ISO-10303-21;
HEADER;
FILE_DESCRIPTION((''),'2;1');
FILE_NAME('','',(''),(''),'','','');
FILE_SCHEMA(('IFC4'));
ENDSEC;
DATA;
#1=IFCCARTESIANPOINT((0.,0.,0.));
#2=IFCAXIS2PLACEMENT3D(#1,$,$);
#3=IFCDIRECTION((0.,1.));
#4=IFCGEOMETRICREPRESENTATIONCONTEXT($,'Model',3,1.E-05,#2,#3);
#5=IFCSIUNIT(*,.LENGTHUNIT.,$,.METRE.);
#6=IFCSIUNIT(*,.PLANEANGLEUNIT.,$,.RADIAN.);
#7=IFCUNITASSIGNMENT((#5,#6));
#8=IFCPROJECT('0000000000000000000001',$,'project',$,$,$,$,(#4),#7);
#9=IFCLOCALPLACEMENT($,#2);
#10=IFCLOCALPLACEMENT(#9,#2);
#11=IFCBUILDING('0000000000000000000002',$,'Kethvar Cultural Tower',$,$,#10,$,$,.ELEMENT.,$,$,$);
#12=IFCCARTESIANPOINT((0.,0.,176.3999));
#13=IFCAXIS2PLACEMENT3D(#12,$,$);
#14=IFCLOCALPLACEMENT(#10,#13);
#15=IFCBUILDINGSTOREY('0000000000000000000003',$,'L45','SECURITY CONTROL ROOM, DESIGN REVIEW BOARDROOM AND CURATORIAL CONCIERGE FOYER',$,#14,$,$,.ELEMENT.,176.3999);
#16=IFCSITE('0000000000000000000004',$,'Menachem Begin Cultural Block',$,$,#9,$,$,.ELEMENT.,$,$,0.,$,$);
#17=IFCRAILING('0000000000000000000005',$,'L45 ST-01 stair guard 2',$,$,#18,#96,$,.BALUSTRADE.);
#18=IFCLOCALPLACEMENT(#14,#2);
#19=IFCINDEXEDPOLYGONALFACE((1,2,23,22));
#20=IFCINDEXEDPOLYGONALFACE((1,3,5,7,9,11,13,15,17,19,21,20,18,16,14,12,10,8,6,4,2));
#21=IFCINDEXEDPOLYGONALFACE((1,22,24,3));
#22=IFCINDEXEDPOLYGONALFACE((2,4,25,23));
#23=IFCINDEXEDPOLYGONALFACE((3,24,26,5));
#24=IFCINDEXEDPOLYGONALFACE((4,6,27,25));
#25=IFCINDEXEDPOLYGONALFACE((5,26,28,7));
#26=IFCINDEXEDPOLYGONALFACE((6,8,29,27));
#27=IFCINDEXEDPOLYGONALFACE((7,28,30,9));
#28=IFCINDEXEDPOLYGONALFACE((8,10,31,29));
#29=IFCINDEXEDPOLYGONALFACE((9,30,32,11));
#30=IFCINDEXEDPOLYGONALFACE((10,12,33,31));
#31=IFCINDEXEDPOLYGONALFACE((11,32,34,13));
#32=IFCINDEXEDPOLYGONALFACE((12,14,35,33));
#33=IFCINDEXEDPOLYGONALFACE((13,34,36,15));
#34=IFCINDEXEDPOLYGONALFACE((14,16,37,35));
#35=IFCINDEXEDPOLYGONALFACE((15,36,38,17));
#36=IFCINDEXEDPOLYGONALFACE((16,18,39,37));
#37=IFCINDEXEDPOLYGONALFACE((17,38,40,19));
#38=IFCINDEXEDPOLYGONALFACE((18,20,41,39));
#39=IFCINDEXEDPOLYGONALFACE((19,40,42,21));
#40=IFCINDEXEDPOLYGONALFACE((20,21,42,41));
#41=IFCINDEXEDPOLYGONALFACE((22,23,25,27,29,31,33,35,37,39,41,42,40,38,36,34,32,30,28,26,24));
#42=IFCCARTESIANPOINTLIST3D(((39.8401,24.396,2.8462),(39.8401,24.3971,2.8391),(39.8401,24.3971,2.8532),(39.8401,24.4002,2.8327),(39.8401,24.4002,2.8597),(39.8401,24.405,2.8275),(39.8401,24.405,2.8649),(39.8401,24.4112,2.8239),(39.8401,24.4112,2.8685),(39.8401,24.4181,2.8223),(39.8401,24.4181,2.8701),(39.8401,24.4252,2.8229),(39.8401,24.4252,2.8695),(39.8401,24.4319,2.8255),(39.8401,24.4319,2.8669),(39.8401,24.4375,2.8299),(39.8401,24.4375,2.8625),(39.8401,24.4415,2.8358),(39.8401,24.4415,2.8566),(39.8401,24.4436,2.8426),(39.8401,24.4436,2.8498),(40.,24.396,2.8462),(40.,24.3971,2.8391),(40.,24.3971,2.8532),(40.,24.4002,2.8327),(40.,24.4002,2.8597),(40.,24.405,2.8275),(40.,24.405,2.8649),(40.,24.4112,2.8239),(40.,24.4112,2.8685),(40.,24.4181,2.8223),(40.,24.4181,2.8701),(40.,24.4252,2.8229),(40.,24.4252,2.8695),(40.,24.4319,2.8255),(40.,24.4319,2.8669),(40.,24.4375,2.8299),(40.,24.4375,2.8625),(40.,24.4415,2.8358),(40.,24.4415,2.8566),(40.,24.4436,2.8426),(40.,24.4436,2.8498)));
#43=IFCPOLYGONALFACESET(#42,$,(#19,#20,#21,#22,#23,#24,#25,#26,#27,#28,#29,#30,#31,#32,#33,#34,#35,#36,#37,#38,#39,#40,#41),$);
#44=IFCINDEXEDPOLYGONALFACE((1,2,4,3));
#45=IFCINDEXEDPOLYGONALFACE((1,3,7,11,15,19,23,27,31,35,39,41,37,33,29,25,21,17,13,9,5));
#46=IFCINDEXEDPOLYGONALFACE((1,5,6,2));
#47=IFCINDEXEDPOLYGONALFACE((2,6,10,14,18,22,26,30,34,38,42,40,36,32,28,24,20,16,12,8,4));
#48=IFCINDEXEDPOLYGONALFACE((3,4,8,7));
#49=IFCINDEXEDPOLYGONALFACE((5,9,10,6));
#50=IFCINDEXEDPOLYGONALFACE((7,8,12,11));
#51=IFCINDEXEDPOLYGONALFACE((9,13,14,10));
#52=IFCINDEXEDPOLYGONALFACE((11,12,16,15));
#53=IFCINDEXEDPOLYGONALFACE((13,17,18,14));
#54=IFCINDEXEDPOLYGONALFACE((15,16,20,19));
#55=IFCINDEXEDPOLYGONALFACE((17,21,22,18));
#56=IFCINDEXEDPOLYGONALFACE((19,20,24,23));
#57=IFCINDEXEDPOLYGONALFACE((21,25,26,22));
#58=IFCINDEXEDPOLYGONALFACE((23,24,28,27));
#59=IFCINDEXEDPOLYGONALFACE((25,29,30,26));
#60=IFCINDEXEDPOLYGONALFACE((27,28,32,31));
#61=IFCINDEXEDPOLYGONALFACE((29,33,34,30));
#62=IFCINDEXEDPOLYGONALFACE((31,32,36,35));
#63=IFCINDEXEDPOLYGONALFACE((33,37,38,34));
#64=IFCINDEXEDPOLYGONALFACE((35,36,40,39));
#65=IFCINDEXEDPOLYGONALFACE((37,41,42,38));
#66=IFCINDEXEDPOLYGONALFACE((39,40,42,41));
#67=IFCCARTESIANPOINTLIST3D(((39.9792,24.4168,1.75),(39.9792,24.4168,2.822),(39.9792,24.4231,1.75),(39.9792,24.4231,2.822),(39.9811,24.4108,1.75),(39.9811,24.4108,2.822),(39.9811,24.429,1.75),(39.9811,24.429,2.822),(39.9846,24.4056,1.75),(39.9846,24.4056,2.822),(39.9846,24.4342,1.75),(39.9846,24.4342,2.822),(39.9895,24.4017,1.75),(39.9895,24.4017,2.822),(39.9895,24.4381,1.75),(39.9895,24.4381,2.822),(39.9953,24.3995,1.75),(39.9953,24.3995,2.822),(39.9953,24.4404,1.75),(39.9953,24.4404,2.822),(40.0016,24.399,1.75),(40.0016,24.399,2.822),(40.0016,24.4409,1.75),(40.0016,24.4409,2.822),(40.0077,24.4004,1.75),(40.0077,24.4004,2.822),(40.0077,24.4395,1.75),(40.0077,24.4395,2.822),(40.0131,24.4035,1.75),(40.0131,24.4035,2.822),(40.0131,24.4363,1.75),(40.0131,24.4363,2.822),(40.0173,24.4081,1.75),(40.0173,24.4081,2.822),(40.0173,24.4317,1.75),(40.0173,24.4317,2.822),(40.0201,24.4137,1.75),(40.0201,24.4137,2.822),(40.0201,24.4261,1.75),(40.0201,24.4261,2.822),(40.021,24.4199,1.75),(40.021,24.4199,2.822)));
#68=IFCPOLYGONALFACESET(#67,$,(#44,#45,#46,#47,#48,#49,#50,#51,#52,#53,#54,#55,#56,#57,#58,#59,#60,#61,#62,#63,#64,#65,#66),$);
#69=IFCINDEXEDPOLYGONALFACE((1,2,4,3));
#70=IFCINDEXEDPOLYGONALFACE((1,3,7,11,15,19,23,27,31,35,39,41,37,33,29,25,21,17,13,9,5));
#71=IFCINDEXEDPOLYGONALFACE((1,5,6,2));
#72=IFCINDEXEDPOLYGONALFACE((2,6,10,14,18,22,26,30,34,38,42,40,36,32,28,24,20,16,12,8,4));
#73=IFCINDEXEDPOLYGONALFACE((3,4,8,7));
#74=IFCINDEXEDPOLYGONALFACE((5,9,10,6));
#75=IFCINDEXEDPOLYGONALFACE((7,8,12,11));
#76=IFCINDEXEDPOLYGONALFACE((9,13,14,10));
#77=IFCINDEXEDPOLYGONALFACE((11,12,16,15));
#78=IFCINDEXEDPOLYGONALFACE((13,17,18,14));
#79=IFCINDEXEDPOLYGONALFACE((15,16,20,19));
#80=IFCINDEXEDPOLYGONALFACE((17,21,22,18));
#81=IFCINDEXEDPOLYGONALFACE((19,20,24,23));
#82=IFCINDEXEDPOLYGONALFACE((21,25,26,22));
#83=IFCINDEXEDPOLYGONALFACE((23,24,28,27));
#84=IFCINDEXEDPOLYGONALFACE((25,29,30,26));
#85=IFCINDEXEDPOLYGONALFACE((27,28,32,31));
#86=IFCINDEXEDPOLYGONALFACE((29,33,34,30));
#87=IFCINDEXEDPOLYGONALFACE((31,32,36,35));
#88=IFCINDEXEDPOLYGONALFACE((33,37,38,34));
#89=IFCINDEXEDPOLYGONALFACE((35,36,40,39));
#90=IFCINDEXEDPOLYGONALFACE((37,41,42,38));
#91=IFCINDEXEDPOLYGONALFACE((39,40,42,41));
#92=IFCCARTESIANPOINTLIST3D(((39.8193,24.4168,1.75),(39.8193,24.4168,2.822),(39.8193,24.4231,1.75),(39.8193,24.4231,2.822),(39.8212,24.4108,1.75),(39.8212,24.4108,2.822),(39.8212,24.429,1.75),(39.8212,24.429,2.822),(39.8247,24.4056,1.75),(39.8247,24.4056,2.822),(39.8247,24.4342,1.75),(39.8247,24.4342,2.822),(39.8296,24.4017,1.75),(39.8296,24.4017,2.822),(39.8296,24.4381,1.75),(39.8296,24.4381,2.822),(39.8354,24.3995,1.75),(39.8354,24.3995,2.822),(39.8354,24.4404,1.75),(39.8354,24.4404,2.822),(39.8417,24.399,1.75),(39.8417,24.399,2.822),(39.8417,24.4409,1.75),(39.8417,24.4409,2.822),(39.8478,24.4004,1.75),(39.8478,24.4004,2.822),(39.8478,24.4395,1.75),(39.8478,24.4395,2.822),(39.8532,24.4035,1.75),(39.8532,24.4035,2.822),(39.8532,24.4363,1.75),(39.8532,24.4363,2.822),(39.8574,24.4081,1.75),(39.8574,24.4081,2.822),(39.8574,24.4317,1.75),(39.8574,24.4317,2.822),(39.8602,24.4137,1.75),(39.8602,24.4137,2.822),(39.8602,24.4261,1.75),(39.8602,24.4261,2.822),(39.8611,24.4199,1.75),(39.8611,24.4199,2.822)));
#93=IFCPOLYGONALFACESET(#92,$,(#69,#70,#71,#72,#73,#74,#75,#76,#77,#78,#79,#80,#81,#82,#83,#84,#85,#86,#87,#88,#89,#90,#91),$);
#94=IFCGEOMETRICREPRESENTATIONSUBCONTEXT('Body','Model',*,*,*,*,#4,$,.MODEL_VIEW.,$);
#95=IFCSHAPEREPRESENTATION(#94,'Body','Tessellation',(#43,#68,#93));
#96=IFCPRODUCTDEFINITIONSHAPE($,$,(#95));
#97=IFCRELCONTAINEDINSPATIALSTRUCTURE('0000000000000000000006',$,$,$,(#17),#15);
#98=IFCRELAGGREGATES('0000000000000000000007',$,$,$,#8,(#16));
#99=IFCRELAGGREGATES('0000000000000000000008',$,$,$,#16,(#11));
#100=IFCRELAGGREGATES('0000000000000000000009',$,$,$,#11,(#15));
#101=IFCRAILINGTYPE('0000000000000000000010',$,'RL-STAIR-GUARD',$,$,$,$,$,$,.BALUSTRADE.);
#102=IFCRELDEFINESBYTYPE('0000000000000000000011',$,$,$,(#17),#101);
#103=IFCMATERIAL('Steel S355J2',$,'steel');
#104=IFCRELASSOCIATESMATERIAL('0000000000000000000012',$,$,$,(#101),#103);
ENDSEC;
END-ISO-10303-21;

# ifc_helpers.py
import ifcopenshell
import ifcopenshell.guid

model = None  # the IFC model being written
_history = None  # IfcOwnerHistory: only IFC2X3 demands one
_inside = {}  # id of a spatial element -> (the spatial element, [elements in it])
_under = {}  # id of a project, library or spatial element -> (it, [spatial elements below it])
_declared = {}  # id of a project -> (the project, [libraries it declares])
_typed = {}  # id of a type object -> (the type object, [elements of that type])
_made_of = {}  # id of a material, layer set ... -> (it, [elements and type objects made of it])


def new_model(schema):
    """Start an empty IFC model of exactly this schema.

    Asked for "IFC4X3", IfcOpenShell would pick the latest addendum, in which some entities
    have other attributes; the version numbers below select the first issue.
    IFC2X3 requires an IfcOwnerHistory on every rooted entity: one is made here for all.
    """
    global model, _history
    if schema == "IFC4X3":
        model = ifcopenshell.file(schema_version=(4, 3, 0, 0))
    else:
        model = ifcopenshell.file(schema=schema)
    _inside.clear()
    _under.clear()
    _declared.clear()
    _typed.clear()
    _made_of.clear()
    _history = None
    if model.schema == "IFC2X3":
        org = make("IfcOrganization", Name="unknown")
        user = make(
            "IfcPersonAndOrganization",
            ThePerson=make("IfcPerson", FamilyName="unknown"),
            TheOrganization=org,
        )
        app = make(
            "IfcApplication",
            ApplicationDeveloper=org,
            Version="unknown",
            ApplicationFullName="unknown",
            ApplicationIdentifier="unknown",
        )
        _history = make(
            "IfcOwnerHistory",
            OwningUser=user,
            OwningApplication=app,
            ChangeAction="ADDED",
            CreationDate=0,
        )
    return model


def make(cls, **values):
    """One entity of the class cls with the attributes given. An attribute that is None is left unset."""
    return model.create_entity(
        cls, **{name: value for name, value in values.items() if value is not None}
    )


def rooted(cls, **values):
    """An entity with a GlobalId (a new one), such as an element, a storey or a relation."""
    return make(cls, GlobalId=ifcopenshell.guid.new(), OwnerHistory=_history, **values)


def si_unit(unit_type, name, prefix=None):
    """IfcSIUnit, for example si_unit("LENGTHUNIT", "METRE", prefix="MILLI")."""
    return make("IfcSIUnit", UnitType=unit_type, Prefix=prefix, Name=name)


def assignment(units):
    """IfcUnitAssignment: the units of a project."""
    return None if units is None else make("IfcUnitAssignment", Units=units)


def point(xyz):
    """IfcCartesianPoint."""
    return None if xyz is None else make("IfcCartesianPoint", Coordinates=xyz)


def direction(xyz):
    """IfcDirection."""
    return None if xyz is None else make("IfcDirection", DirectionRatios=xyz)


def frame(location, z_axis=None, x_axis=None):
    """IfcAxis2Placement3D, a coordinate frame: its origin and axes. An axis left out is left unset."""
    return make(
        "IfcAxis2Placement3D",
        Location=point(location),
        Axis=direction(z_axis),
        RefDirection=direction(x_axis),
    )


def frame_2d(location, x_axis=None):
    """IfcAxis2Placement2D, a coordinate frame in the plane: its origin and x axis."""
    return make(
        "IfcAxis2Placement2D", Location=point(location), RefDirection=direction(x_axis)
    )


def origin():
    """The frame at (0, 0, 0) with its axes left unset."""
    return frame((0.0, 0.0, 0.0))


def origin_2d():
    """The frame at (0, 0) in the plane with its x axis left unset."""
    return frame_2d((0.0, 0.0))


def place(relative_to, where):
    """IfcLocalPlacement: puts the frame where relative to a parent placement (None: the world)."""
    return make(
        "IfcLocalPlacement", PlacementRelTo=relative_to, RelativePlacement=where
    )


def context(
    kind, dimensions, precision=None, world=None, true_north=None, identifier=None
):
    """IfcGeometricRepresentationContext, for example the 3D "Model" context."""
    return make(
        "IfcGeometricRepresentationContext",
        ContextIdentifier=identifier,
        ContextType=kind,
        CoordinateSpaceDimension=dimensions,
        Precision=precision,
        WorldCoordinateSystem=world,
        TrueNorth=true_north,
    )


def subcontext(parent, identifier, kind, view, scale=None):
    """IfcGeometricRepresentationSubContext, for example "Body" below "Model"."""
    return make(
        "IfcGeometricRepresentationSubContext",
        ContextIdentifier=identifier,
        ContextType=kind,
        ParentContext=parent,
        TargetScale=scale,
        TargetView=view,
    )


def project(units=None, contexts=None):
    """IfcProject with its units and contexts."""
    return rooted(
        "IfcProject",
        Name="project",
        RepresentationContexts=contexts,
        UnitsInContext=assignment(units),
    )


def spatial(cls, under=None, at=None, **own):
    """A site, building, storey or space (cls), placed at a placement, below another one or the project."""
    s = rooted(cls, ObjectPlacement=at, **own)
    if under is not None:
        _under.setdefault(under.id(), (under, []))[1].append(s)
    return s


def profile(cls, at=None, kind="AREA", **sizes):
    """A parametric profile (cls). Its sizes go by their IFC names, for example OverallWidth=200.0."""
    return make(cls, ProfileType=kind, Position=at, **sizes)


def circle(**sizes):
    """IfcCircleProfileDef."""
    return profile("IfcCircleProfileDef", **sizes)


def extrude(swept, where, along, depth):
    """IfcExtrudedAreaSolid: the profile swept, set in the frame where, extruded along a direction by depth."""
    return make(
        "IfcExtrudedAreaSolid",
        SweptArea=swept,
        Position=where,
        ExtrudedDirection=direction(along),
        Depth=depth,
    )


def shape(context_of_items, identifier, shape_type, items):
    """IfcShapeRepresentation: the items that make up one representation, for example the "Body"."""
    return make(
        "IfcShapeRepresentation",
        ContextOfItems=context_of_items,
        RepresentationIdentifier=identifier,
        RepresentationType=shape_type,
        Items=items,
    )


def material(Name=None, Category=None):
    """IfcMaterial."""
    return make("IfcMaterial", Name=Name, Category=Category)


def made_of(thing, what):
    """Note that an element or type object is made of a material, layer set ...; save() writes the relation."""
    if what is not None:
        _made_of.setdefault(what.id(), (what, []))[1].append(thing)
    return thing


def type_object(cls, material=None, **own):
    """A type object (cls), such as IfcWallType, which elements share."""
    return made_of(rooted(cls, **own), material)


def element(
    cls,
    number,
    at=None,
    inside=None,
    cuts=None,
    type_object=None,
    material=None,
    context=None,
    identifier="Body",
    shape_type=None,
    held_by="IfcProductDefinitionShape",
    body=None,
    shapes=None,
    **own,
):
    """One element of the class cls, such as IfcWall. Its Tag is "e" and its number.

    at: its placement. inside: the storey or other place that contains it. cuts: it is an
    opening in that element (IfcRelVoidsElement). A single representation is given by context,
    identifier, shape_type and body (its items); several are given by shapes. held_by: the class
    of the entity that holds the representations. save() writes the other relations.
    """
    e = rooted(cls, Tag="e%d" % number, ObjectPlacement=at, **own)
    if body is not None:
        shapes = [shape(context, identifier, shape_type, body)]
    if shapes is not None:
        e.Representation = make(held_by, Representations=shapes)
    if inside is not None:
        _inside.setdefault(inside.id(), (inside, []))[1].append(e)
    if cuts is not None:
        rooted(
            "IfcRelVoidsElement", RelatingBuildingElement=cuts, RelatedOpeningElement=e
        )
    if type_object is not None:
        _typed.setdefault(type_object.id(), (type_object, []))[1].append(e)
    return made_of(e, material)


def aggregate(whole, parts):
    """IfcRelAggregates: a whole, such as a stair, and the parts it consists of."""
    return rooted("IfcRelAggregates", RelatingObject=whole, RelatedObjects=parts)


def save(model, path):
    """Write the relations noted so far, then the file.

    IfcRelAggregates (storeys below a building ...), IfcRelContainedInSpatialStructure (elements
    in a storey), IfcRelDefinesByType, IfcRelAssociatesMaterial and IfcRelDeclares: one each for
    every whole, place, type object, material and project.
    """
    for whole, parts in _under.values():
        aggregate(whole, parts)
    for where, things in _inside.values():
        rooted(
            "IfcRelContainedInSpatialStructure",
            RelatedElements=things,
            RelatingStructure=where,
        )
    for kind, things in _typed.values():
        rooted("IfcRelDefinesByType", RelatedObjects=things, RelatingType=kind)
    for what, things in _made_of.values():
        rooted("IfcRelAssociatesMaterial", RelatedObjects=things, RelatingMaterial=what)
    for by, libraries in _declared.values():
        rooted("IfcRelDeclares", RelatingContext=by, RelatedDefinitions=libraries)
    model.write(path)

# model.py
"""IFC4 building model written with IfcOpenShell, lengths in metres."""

from ifc_helpers import new_model, si_unit, direction, frame, origin, origin_2d, place, context, subcontext, project, spatial, circle, extrude, material, type_object, element, save


model = new_model("IFC4")

# Units and contexts
model_context = context("Model", 3, precision=1e-05, world=origin(), true_north=direction((0.0, 1.0)))
body_context = subcontext(model_context, "Body", "Model", "MODEL_VIEW")
ifc_project = project(units=[si_unit("LENGTHUNIT", "METRE"), si_unit("PLANEANGLEUNIT", "RADIAN")], contexts=[model_context])

# Site, building, storey
site_placement = place(None, origin())
site = spatial("IfcSite", under=ifc_project, at=site_placement, Name="Menachem Begin Cultural Block", CompositionType="ELEMENT", RefElevation=0.0)
building_placement = place(site_placement, origin())
building = spatial("IfcBuilding", under=site, at=building_placement, Name="Kethvar Cultural Tower", CompositionType="ELEMENT")
storey_placement = place(building_placement, frame((0.0, 0.0, 176.3999)))
storey = spatial("IfcBuildingStorey", under=building, at=storey_placement, Name="L45", Description="SECURITY CONTROL ROOM, DESIGN REVIEW BOARDROOM AND CURATORIAL CONCIERGE FOYER", CompositionType="ELEMENT", Elevation=176.3999)

# Shared definitions
ifc_material_1 = material(Name="Steel S355J2", Category="steel")

# Railing
railing_type = type_object("IfcRailingType", Name="RL-STAIR-GUARD", PredefinedType="BALUSTRADE", material=ifc_material_1)
railing_1_placement = place(storey_placement, frame((40.0, 24.4199, 1.75)))
element("IfcRailing", 1, at=railing_1_placement, inside=storey, type_object=railing_type, Name="L45 ST-01 stair guard 2", PredefinedType="BALUSTRADE", context=body_context, shape_type="SweptSolid", body=[
    extrude(circle(Radius=0.0239, at=origin_2d()), frame((0.0, 0.0, 1.0962), z_axis=(-1.0, 0.0, 0.0), x_axis=(0.0, -1.0, 0.0)), (0.0, 0.0, 1.0), 0.1599),
    extrude(circle(Radius=0.021, at=origin_2d()), origin(), (0.0, 0.0, 1.0), 1.072),
    extrude(circle(Radius=0.021, at=origin_2d()), frame((-0.1599, 0.0, 0.0)), (0.0, 0.0, 1.0), 1.072),
])

save(model, "model.ifc")
